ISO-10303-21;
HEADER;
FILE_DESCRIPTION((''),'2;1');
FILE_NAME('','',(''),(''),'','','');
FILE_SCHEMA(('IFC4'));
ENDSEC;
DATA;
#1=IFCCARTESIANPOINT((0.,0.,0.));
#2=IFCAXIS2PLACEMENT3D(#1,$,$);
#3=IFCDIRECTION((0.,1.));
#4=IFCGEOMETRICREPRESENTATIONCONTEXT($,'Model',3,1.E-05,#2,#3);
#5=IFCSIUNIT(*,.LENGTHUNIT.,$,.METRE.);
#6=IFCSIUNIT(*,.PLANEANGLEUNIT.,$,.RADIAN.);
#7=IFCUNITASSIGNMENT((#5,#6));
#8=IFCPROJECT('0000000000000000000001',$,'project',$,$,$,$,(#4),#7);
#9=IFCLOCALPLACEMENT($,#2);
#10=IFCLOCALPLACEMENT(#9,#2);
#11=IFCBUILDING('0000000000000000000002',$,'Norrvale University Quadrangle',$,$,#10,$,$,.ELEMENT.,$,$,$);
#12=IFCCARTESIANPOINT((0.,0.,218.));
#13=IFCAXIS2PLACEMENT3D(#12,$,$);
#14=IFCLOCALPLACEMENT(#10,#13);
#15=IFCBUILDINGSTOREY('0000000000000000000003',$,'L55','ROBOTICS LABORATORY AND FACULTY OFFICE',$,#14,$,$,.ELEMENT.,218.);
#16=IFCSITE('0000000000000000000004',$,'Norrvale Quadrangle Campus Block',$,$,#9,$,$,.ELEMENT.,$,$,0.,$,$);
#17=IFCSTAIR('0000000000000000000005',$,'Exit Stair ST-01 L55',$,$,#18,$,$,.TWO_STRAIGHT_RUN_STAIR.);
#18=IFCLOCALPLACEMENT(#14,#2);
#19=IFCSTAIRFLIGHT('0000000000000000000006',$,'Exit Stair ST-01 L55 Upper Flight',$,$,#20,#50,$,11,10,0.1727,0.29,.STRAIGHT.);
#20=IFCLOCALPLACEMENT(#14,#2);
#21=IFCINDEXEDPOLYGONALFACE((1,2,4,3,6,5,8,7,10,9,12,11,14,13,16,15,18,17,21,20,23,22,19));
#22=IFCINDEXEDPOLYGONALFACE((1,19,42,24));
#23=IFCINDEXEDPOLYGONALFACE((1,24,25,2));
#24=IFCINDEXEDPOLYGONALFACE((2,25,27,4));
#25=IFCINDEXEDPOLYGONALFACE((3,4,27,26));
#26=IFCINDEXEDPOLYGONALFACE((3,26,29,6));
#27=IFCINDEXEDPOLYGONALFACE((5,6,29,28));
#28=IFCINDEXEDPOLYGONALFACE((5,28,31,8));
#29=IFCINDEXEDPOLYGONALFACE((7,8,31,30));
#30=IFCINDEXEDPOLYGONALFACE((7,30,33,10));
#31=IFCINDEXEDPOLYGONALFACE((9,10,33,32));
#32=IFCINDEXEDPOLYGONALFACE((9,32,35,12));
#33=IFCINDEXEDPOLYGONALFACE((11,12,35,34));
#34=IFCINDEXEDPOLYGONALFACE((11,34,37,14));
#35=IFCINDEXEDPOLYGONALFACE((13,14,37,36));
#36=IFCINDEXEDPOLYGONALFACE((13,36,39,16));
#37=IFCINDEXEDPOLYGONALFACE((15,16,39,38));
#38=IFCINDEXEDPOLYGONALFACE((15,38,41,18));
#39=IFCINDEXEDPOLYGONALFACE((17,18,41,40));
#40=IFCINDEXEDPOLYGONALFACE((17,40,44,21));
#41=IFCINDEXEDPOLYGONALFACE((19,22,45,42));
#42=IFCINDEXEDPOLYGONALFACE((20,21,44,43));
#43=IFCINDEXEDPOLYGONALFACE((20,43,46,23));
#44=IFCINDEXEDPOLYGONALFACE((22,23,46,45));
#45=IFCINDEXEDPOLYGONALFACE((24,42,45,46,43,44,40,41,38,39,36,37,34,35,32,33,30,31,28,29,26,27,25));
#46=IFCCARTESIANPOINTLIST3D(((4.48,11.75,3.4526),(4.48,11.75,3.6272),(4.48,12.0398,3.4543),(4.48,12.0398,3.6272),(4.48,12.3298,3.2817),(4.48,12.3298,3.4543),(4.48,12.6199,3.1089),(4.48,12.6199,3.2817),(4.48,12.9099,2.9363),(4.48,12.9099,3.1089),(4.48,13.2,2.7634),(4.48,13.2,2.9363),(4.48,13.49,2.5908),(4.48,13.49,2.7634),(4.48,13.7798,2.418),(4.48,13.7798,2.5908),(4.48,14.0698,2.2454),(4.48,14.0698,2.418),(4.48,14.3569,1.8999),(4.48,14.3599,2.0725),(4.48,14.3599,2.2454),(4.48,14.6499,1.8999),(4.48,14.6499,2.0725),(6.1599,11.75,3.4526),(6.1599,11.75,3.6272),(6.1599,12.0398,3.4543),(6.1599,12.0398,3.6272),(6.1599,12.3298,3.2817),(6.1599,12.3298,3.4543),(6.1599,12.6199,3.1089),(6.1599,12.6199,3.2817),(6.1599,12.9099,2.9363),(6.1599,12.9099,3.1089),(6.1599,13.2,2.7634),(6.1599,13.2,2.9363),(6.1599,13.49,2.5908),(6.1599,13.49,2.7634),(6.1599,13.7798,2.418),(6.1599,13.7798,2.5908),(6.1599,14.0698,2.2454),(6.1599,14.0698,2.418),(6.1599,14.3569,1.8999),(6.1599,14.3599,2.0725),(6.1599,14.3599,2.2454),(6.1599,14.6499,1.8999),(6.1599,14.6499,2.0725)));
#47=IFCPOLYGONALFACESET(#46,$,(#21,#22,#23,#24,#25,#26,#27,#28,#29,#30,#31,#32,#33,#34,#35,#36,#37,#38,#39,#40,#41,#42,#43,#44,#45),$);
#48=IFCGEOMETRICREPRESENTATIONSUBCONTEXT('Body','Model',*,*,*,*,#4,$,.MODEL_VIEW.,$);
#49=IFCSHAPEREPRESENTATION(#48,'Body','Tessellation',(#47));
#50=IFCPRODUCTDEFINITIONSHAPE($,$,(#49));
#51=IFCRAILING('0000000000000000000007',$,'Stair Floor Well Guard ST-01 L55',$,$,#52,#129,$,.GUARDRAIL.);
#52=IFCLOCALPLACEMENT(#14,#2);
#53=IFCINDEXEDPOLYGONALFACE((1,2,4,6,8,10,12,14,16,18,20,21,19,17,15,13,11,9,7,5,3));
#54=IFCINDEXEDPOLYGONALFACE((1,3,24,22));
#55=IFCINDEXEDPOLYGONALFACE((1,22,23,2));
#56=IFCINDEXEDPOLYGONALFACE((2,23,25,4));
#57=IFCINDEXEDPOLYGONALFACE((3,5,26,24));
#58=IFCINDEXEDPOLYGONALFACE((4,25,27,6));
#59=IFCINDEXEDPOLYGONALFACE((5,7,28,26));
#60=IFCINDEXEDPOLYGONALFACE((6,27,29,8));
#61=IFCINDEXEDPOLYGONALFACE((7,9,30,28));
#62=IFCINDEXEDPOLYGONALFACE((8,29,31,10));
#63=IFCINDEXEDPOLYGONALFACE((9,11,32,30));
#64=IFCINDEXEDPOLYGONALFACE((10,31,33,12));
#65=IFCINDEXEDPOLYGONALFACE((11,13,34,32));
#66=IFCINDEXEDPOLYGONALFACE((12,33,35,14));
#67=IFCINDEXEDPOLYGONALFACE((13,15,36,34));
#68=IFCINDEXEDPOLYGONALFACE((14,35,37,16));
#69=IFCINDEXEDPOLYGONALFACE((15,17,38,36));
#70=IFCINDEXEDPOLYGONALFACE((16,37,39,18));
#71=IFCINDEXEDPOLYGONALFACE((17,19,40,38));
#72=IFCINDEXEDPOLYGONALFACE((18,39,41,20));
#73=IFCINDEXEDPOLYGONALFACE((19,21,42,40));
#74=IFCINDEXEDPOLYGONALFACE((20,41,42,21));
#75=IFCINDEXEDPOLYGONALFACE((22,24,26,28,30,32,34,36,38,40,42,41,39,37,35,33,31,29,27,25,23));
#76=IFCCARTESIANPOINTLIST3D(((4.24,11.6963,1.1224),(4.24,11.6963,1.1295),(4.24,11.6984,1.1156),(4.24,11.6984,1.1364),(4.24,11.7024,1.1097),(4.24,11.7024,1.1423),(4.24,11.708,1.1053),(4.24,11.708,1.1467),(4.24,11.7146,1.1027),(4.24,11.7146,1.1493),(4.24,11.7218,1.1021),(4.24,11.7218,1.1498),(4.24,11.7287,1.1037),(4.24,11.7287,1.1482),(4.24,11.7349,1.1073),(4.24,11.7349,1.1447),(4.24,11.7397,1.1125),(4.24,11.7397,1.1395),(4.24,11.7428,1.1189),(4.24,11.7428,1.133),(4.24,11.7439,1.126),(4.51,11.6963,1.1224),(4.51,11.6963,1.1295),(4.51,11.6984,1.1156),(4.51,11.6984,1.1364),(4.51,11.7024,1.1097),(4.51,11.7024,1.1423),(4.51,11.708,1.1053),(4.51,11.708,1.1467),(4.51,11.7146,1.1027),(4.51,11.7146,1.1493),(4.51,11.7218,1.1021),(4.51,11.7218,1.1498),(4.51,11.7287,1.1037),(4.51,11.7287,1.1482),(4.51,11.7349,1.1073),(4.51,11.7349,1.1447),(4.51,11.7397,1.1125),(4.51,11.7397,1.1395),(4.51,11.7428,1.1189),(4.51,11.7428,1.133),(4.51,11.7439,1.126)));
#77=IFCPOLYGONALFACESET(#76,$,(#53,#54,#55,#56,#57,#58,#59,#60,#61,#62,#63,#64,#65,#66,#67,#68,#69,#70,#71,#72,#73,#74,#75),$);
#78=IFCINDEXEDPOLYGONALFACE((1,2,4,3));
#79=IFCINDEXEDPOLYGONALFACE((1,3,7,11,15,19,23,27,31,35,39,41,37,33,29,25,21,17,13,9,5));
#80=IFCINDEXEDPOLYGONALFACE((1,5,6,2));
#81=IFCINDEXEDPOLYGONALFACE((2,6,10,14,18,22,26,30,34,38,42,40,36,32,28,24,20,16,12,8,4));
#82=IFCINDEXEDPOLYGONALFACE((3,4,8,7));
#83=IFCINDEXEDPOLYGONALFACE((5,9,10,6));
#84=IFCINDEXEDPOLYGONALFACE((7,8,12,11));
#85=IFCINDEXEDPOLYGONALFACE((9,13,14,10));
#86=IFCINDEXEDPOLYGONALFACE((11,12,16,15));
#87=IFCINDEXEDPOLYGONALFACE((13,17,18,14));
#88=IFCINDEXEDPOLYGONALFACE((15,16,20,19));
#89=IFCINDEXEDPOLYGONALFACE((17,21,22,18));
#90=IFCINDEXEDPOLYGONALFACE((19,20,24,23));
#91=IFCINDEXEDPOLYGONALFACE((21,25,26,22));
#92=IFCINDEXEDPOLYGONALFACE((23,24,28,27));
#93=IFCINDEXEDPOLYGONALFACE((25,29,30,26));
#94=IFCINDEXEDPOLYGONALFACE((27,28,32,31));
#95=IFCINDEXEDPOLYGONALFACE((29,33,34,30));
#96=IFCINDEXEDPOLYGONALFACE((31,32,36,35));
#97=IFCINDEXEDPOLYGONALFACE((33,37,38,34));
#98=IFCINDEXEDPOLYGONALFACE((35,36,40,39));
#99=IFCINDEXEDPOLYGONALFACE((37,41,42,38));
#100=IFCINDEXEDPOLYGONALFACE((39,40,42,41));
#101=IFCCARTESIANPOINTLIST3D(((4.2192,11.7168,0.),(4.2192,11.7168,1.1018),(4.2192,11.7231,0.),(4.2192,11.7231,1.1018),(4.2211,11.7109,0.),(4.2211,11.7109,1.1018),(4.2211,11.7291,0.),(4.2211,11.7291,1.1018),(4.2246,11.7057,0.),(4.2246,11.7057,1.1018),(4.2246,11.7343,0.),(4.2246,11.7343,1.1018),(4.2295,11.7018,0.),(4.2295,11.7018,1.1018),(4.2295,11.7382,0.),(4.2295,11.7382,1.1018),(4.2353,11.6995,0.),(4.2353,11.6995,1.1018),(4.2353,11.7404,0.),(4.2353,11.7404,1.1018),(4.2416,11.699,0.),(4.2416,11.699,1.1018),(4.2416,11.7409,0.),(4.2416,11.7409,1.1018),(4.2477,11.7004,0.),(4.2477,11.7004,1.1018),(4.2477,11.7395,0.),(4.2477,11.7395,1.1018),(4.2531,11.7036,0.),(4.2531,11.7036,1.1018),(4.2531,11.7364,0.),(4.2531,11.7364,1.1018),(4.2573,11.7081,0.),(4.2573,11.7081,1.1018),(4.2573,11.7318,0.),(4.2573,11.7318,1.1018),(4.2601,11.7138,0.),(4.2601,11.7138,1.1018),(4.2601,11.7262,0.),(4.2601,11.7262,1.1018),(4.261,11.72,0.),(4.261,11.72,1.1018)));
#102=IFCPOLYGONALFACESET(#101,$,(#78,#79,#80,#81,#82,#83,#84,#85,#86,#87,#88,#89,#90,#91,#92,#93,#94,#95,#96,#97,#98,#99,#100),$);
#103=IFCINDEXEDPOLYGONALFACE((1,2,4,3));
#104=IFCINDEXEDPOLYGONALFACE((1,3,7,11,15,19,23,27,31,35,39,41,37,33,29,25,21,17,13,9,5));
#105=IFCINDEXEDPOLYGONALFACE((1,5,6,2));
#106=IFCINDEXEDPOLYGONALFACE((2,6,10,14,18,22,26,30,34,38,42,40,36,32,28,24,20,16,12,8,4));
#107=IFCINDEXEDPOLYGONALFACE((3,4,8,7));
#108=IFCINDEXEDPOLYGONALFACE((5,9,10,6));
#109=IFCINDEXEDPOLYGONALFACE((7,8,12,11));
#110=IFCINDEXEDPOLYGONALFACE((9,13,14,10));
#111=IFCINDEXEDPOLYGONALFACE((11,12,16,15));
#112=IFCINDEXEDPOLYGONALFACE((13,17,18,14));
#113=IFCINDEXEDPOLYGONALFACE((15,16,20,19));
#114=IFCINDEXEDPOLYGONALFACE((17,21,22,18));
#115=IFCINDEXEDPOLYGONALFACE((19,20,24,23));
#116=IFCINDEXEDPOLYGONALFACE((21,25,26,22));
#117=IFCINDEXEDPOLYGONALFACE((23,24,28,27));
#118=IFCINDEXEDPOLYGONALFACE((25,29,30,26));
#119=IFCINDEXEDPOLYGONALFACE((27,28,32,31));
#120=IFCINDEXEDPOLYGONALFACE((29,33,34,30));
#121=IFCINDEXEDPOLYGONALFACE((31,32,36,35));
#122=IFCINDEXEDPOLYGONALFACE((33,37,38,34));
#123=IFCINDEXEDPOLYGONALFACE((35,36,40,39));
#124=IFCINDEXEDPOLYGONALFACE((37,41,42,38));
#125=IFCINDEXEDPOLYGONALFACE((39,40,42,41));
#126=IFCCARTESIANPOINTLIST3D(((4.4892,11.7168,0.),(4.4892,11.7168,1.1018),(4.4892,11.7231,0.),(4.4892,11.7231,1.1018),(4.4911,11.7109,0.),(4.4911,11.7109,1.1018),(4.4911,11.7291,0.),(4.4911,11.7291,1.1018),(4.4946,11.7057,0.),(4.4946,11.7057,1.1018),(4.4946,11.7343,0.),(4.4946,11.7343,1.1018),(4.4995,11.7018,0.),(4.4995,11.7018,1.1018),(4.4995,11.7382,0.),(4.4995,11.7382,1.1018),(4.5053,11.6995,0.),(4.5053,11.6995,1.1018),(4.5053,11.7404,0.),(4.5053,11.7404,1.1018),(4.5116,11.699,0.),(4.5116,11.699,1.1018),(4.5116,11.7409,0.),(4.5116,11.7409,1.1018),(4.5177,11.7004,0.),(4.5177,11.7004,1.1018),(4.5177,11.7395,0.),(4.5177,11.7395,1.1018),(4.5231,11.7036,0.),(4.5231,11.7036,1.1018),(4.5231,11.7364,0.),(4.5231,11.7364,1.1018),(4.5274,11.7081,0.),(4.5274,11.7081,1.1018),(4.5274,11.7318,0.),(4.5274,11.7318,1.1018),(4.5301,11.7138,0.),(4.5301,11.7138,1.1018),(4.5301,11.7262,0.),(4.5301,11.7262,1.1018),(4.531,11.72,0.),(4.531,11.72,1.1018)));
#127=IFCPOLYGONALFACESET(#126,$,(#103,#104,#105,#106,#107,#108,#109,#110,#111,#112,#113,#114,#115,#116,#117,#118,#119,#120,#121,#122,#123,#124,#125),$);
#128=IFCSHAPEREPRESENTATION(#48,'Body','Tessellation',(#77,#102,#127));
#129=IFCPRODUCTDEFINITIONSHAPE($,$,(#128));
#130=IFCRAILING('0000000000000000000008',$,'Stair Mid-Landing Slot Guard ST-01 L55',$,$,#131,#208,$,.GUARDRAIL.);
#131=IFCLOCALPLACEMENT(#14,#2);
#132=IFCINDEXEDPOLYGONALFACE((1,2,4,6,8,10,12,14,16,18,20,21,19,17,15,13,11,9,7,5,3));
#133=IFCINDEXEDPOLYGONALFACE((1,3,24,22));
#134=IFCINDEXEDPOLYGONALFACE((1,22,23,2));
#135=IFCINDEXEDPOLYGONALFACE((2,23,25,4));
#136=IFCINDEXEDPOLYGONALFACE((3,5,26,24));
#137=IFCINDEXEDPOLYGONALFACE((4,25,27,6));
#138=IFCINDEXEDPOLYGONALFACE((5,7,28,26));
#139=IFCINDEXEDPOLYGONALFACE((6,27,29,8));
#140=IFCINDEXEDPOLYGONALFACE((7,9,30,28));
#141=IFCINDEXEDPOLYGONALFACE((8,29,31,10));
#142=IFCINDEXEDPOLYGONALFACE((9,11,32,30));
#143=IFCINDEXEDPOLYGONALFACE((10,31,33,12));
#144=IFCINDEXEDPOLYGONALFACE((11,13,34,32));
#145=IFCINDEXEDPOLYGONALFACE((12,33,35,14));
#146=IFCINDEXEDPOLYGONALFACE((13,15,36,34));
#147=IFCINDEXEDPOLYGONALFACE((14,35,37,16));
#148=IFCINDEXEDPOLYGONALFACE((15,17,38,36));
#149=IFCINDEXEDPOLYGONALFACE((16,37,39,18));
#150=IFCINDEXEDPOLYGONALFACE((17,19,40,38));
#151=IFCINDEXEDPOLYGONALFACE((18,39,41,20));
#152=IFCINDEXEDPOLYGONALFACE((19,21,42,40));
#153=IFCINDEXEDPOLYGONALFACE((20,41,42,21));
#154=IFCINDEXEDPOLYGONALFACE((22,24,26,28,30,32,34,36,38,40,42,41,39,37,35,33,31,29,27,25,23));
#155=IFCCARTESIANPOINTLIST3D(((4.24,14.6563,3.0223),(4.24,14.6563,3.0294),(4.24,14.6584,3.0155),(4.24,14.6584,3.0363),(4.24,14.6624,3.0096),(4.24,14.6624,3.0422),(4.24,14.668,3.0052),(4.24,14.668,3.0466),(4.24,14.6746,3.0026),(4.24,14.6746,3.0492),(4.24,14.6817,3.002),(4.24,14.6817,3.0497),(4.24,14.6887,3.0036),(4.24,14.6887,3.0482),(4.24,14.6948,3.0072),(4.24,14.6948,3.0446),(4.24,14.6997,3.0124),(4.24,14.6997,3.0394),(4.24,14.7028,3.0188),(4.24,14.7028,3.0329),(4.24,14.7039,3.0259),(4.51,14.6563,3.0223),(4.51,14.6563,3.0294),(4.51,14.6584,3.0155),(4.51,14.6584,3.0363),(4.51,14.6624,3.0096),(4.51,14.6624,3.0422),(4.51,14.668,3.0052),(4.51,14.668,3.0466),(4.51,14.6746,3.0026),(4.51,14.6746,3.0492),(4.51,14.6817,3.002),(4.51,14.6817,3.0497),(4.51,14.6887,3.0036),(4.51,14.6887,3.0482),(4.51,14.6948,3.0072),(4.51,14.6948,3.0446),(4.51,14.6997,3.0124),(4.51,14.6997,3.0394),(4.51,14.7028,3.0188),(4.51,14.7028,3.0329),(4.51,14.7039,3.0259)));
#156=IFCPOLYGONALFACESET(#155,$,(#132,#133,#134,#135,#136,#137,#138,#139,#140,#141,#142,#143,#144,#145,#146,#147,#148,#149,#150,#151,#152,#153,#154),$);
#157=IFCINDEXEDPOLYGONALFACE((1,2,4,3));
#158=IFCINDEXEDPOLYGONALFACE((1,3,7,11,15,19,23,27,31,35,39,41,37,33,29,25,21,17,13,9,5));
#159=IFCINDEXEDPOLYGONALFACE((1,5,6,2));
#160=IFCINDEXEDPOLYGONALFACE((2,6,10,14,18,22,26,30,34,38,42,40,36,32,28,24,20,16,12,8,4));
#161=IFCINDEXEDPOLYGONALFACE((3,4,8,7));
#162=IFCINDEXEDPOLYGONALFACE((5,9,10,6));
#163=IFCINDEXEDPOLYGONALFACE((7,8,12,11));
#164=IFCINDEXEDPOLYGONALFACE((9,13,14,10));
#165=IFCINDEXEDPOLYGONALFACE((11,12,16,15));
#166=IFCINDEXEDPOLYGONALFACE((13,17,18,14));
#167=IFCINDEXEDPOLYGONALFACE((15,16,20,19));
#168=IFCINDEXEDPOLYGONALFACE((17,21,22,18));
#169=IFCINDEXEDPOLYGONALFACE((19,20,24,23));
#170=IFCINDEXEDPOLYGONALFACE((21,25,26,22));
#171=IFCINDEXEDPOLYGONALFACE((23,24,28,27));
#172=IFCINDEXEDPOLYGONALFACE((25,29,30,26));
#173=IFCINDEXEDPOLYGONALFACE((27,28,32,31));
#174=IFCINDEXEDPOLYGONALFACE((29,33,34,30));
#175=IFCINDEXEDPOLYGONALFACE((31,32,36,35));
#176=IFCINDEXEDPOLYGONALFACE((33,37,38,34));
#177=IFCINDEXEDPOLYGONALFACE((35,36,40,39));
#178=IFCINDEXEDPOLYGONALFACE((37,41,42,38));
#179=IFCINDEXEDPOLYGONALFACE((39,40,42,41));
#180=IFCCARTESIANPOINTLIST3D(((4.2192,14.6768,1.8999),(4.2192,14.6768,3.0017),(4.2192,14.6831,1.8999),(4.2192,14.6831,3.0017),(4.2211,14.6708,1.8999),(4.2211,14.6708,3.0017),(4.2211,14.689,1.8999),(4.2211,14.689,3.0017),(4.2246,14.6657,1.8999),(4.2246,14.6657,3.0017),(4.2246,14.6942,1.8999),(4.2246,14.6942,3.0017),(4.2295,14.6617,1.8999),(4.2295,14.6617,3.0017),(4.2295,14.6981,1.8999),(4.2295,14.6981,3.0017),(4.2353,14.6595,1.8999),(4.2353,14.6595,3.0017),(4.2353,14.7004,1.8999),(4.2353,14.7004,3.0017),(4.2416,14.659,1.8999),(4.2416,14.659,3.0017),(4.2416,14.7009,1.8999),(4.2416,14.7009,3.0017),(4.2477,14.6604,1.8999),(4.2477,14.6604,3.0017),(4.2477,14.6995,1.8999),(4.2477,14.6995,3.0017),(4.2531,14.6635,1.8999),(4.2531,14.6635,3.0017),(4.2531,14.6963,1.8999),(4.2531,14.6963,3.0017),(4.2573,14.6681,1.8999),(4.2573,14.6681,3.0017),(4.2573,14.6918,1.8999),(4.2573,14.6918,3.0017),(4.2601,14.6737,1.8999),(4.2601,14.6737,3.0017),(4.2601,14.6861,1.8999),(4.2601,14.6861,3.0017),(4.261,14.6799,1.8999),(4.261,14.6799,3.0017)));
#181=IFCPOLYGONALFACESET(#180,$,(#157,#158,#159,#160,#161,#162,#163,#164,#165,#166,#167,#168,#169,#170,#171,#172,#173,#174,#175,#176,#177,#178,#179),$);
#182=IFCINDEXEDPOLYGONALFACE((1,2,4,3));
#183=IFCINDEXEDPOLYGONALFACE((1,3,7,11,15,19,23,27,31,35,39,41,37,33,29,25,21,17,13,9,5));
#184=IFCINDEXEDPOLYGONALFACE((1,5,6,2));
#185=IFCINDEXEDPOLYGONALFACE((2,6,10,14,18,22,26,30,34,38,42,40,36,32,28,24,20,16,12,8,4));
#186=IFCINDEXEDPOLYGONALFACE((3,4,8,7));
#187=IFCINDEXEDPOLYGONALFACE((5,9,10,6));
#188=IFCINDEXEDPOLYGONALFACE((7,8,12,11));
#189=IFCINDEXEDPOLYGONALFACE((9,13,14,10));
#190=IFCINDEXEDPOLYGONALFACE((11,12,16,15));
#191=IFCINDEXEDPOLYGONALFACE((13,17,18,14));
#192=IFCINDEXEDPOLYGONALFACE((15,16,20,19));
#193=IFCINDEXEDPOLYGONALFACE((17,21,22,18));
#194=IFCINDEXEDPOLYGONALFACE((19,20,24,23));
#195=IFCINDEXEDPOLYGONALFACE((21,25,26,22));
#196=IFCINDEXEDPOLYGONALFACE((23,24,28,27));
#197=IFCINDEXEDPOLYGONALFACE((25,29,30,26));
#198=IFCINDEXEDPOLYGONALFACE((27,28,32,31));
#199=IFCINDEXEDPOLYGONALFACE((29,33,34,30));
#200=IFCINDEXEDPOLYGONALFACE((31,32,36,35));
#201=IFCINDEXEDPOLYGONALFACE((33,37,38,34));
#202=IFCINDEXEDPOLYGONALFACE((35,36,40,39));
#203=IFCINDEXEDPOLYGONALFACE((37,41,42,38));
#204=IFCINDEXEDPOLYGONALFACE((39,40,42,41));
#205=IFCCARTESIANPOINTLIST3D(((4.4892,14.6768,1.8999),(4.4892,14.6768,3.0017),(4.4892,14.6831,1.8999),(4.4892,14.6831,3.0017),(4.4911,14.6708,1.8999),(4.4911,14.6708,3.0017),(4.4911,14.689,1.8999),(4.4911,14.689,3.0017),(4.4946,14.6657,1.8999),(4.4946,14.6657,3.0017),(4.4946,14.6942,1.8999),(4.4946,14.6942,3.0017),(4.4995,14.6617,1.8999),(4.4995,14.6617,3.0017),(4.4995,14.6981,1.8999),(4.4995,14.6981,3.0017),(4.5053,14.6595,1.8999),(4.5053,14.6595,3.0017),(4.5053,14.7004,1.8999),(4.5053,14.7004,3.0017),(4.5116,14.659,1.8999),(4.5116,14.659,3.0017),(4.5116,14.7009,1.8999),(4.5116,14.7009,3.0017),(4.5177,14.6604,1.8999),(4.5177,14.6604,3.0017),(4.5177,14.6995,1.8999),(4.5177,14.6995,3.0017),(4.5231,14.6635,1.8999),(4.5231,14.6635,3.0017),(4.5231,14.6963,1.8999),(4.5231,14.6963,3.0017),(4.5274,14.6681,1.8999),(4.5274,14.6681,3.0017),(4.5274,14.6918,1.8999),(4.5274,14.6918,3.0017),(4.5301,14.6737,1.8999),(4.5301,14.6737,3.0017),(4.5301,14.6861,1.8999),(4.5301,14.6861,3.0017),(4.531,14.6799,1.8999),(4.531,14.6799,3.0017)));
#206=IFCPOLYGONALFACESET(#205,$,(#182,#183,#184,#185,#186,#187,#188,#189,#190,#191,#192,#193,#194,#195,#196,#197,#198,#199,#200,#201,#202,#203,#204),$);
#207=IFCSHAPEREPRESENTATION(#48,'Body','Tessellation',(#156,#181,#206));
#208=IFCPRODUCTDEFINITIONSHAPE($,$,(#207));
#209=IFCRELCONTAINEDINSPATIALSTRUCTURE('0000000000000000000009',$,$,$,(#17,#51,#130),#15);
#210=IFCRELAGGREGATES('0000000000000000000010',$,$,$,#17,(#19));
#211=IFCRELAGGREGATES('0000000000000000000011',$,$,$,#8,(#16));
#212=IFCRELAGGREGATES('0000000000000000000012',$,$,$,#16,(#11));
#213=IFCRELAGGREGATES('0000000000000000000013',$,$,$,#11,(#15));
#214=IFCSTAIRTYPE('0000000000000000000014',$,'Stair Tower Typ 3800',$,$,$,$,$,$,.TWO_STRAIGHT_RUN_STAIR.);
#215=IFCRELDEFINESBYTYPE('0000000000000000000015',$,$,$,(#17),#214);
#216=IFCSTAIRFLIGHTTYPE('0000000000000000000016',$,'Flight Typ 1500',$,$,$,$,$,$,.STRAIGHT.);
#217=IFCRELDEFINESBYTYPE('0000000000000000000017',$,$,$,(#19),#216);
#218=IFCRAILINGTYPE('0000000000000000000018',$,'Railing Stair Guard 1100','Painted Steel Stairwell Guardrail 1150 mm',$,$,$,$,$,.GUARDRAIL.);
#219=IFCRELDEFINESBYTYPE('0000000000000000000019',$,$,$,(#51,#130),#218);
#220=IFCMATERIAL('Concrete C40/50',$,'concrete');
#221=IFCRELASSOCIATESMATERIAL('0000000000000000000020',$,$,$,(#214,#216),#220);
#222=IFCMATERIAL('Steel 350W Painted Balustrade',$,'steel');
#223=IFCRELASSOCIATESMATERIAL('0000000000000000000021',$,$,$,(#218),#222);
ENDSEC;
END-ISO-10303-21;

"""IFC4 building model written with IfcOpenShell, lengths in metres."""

from ifc_helpers import new_model, si_unit, direction, frame, origin, origin_2d, place, context, subcontext, project, spatial, polyline, circle, outline, extrude, material, type_object, element, aggregate, save


model = new_model("IFC4")

# Units and contexts
model_context = context("Model", 3, precision=1e-05, world=origin(), true_north=direction((0.0, 1.0)))
body_context = subcontext(model_context, "Body", "Model", "MODEL_VIEW")
ifc_project = project(units=[si_unit("LENGTHUNIT", "METRE"), si_unit("PLANEANGLEUNIT", "RADIAN")], contexts=[model_context])

# Site, building, storey
site_placement = place(None, origin())
site = spatial("IfcSite", under=ifc_project, at=site_placement, Name="Norrvale Quadrangle Campus Block", CompositionType="ELEMENT", RefElevation=0.0)
building_placement = place(site_placement, origin())
building = spatial("IfcBuilding", under=site, at=building_placement, Name="Norrvale University Quadrangle", CompositionType="ELEMENT")
storey_placement = place(building_placement, frame((0.0, 0.0, 218.0)))
storey = spatial("IfcBuildingStorey", under=building, at=storey_placement, Name="L55", Description="ROBOTICS LABORATORY AND FACULTY OFFICE", CompositionType="ELEMENT", Elevation=218.0)

# Stair, stair flight
ifc_material_1 = material(Name="Concrete C40/50", Category="concrete")
stair_type = type_object("IfcStairType", Name="Stair Tower Typ 3800", PredefinedType="TWO_STRAIGHT_RUN_STAIR", material=ifc_material_1)
stair_placement = place(storey_placement, origin())
stair = element("IfcStair", 1, at=stair_placement, inside=storey, type_object=stair_type, Name="Exit Stair ST-01 L55", PredefinedType="TWO_STRAIGHT_RUN_STAIR")
stair_flight_type = type_object("IfcStairFlightType", Name="Flight Typ 1500", PredefinedType="STRAIGHT", material=ifc_material_1)
stair_flight_1_placement = place(storey_placement, frame((5.3201, 14.6499, 1.8999), z_axis=(0.0, 0.0, 1.0), x_axis=(0.0, -1.0, 0.0)))
stair_flight_1 = element("IfcStairFlight", 2, at=stair_flight_1_placement, type_object=stair_flight_type, Name="Exit Stair ST-01 L55 Upper Flight", NumberOfRisers=11, NumberOfTreads=10, PredefinedType="STRAIGHT", RiserHeight=0.1727, TreadLength=0.29, context=body_context, shape_type="SweptSolid", body=[
    extrude(outline(polyline([(0.0, 0.0), (0.0, 0.1726), (0.29, 0.1726), (0.29, 0.3455), (0.5801, 0.3455), (0.5801, 0.5181), (0.8701, 0.5181), (0.8701, 0.6909), (1.1599, 0.6909), (1.1599, 0.8635), (1.45, 0.8635), (1.45, 1.0364), (1.74, 1.0364), (1.74, 1.209), (2.03, 1.209), (2.03, 1.3818), (2.3201, 1.3818), (2.3201, 1.5544), (2.6101, 1.5544), (2.6101, 1.7273), (2.8999, 1.7273), (2.8999, 1.8999), (2.8999, 1.5527), (0.293, 0.0), (0.0, 0.0)])), frame((0.0, 0.8398, 0.0), z_axis=(0.0, -1.0, 0.0), x_axis=(1.0, 0.0, 0.0)), (0.0, 0.0, 1.0), 1.6799),
])
aggregate(stair, [stair_flight_1])

# Railings
ifc_material_2 = material(Name="Steel 350W Painted Balustrade", Category="steel")
railing_type_1 = type_object("IfcRailingType", Name="Railing Stair Guard 1100", Description="Painted Steel Stairwell Guardrail 1150 mm", PredefinedType="GUARDRAIL", material=ifc_material_2)
for number, where, name in (
    (3, (4.24, 11.72, 0.0), "Stair Floor Well Guard ST-01 L55"),
    (4, (4.24, 14.6799, 1.8999), "Stair Mid-Landing Slot Guard ST-01 L55"),
):
    element("IfcRailing", number, at=place(storey_placement, frame(where)), inside=storey, type_object=railing_type_1, Name=name, PredefinedType="GUARDRAIL", context=body_context, shape_type="SweptSolid", body=[
        extrude(circle(Radius=0.0239, at=origin_2d()), frame((0.0, 0.0, 1.126), z_axis=(1.0, 0.0, 0.0), x_axis=(0.0, 1.0, 0.0)), (0.0, 0.0, 1.0), 0.27),
        extrude(circle(Radius=0.021, at=origin_2d()), origin(), (0.0, 0.0, 1.0), 1.1018),
        extrude(circle(Radius=0.021, at=origin_2d()), frame((0.27, 0.0, 0.0)), (0.0, 0.0, 1.0), 1.1018),
    ])

save(model, "model.ifc")
